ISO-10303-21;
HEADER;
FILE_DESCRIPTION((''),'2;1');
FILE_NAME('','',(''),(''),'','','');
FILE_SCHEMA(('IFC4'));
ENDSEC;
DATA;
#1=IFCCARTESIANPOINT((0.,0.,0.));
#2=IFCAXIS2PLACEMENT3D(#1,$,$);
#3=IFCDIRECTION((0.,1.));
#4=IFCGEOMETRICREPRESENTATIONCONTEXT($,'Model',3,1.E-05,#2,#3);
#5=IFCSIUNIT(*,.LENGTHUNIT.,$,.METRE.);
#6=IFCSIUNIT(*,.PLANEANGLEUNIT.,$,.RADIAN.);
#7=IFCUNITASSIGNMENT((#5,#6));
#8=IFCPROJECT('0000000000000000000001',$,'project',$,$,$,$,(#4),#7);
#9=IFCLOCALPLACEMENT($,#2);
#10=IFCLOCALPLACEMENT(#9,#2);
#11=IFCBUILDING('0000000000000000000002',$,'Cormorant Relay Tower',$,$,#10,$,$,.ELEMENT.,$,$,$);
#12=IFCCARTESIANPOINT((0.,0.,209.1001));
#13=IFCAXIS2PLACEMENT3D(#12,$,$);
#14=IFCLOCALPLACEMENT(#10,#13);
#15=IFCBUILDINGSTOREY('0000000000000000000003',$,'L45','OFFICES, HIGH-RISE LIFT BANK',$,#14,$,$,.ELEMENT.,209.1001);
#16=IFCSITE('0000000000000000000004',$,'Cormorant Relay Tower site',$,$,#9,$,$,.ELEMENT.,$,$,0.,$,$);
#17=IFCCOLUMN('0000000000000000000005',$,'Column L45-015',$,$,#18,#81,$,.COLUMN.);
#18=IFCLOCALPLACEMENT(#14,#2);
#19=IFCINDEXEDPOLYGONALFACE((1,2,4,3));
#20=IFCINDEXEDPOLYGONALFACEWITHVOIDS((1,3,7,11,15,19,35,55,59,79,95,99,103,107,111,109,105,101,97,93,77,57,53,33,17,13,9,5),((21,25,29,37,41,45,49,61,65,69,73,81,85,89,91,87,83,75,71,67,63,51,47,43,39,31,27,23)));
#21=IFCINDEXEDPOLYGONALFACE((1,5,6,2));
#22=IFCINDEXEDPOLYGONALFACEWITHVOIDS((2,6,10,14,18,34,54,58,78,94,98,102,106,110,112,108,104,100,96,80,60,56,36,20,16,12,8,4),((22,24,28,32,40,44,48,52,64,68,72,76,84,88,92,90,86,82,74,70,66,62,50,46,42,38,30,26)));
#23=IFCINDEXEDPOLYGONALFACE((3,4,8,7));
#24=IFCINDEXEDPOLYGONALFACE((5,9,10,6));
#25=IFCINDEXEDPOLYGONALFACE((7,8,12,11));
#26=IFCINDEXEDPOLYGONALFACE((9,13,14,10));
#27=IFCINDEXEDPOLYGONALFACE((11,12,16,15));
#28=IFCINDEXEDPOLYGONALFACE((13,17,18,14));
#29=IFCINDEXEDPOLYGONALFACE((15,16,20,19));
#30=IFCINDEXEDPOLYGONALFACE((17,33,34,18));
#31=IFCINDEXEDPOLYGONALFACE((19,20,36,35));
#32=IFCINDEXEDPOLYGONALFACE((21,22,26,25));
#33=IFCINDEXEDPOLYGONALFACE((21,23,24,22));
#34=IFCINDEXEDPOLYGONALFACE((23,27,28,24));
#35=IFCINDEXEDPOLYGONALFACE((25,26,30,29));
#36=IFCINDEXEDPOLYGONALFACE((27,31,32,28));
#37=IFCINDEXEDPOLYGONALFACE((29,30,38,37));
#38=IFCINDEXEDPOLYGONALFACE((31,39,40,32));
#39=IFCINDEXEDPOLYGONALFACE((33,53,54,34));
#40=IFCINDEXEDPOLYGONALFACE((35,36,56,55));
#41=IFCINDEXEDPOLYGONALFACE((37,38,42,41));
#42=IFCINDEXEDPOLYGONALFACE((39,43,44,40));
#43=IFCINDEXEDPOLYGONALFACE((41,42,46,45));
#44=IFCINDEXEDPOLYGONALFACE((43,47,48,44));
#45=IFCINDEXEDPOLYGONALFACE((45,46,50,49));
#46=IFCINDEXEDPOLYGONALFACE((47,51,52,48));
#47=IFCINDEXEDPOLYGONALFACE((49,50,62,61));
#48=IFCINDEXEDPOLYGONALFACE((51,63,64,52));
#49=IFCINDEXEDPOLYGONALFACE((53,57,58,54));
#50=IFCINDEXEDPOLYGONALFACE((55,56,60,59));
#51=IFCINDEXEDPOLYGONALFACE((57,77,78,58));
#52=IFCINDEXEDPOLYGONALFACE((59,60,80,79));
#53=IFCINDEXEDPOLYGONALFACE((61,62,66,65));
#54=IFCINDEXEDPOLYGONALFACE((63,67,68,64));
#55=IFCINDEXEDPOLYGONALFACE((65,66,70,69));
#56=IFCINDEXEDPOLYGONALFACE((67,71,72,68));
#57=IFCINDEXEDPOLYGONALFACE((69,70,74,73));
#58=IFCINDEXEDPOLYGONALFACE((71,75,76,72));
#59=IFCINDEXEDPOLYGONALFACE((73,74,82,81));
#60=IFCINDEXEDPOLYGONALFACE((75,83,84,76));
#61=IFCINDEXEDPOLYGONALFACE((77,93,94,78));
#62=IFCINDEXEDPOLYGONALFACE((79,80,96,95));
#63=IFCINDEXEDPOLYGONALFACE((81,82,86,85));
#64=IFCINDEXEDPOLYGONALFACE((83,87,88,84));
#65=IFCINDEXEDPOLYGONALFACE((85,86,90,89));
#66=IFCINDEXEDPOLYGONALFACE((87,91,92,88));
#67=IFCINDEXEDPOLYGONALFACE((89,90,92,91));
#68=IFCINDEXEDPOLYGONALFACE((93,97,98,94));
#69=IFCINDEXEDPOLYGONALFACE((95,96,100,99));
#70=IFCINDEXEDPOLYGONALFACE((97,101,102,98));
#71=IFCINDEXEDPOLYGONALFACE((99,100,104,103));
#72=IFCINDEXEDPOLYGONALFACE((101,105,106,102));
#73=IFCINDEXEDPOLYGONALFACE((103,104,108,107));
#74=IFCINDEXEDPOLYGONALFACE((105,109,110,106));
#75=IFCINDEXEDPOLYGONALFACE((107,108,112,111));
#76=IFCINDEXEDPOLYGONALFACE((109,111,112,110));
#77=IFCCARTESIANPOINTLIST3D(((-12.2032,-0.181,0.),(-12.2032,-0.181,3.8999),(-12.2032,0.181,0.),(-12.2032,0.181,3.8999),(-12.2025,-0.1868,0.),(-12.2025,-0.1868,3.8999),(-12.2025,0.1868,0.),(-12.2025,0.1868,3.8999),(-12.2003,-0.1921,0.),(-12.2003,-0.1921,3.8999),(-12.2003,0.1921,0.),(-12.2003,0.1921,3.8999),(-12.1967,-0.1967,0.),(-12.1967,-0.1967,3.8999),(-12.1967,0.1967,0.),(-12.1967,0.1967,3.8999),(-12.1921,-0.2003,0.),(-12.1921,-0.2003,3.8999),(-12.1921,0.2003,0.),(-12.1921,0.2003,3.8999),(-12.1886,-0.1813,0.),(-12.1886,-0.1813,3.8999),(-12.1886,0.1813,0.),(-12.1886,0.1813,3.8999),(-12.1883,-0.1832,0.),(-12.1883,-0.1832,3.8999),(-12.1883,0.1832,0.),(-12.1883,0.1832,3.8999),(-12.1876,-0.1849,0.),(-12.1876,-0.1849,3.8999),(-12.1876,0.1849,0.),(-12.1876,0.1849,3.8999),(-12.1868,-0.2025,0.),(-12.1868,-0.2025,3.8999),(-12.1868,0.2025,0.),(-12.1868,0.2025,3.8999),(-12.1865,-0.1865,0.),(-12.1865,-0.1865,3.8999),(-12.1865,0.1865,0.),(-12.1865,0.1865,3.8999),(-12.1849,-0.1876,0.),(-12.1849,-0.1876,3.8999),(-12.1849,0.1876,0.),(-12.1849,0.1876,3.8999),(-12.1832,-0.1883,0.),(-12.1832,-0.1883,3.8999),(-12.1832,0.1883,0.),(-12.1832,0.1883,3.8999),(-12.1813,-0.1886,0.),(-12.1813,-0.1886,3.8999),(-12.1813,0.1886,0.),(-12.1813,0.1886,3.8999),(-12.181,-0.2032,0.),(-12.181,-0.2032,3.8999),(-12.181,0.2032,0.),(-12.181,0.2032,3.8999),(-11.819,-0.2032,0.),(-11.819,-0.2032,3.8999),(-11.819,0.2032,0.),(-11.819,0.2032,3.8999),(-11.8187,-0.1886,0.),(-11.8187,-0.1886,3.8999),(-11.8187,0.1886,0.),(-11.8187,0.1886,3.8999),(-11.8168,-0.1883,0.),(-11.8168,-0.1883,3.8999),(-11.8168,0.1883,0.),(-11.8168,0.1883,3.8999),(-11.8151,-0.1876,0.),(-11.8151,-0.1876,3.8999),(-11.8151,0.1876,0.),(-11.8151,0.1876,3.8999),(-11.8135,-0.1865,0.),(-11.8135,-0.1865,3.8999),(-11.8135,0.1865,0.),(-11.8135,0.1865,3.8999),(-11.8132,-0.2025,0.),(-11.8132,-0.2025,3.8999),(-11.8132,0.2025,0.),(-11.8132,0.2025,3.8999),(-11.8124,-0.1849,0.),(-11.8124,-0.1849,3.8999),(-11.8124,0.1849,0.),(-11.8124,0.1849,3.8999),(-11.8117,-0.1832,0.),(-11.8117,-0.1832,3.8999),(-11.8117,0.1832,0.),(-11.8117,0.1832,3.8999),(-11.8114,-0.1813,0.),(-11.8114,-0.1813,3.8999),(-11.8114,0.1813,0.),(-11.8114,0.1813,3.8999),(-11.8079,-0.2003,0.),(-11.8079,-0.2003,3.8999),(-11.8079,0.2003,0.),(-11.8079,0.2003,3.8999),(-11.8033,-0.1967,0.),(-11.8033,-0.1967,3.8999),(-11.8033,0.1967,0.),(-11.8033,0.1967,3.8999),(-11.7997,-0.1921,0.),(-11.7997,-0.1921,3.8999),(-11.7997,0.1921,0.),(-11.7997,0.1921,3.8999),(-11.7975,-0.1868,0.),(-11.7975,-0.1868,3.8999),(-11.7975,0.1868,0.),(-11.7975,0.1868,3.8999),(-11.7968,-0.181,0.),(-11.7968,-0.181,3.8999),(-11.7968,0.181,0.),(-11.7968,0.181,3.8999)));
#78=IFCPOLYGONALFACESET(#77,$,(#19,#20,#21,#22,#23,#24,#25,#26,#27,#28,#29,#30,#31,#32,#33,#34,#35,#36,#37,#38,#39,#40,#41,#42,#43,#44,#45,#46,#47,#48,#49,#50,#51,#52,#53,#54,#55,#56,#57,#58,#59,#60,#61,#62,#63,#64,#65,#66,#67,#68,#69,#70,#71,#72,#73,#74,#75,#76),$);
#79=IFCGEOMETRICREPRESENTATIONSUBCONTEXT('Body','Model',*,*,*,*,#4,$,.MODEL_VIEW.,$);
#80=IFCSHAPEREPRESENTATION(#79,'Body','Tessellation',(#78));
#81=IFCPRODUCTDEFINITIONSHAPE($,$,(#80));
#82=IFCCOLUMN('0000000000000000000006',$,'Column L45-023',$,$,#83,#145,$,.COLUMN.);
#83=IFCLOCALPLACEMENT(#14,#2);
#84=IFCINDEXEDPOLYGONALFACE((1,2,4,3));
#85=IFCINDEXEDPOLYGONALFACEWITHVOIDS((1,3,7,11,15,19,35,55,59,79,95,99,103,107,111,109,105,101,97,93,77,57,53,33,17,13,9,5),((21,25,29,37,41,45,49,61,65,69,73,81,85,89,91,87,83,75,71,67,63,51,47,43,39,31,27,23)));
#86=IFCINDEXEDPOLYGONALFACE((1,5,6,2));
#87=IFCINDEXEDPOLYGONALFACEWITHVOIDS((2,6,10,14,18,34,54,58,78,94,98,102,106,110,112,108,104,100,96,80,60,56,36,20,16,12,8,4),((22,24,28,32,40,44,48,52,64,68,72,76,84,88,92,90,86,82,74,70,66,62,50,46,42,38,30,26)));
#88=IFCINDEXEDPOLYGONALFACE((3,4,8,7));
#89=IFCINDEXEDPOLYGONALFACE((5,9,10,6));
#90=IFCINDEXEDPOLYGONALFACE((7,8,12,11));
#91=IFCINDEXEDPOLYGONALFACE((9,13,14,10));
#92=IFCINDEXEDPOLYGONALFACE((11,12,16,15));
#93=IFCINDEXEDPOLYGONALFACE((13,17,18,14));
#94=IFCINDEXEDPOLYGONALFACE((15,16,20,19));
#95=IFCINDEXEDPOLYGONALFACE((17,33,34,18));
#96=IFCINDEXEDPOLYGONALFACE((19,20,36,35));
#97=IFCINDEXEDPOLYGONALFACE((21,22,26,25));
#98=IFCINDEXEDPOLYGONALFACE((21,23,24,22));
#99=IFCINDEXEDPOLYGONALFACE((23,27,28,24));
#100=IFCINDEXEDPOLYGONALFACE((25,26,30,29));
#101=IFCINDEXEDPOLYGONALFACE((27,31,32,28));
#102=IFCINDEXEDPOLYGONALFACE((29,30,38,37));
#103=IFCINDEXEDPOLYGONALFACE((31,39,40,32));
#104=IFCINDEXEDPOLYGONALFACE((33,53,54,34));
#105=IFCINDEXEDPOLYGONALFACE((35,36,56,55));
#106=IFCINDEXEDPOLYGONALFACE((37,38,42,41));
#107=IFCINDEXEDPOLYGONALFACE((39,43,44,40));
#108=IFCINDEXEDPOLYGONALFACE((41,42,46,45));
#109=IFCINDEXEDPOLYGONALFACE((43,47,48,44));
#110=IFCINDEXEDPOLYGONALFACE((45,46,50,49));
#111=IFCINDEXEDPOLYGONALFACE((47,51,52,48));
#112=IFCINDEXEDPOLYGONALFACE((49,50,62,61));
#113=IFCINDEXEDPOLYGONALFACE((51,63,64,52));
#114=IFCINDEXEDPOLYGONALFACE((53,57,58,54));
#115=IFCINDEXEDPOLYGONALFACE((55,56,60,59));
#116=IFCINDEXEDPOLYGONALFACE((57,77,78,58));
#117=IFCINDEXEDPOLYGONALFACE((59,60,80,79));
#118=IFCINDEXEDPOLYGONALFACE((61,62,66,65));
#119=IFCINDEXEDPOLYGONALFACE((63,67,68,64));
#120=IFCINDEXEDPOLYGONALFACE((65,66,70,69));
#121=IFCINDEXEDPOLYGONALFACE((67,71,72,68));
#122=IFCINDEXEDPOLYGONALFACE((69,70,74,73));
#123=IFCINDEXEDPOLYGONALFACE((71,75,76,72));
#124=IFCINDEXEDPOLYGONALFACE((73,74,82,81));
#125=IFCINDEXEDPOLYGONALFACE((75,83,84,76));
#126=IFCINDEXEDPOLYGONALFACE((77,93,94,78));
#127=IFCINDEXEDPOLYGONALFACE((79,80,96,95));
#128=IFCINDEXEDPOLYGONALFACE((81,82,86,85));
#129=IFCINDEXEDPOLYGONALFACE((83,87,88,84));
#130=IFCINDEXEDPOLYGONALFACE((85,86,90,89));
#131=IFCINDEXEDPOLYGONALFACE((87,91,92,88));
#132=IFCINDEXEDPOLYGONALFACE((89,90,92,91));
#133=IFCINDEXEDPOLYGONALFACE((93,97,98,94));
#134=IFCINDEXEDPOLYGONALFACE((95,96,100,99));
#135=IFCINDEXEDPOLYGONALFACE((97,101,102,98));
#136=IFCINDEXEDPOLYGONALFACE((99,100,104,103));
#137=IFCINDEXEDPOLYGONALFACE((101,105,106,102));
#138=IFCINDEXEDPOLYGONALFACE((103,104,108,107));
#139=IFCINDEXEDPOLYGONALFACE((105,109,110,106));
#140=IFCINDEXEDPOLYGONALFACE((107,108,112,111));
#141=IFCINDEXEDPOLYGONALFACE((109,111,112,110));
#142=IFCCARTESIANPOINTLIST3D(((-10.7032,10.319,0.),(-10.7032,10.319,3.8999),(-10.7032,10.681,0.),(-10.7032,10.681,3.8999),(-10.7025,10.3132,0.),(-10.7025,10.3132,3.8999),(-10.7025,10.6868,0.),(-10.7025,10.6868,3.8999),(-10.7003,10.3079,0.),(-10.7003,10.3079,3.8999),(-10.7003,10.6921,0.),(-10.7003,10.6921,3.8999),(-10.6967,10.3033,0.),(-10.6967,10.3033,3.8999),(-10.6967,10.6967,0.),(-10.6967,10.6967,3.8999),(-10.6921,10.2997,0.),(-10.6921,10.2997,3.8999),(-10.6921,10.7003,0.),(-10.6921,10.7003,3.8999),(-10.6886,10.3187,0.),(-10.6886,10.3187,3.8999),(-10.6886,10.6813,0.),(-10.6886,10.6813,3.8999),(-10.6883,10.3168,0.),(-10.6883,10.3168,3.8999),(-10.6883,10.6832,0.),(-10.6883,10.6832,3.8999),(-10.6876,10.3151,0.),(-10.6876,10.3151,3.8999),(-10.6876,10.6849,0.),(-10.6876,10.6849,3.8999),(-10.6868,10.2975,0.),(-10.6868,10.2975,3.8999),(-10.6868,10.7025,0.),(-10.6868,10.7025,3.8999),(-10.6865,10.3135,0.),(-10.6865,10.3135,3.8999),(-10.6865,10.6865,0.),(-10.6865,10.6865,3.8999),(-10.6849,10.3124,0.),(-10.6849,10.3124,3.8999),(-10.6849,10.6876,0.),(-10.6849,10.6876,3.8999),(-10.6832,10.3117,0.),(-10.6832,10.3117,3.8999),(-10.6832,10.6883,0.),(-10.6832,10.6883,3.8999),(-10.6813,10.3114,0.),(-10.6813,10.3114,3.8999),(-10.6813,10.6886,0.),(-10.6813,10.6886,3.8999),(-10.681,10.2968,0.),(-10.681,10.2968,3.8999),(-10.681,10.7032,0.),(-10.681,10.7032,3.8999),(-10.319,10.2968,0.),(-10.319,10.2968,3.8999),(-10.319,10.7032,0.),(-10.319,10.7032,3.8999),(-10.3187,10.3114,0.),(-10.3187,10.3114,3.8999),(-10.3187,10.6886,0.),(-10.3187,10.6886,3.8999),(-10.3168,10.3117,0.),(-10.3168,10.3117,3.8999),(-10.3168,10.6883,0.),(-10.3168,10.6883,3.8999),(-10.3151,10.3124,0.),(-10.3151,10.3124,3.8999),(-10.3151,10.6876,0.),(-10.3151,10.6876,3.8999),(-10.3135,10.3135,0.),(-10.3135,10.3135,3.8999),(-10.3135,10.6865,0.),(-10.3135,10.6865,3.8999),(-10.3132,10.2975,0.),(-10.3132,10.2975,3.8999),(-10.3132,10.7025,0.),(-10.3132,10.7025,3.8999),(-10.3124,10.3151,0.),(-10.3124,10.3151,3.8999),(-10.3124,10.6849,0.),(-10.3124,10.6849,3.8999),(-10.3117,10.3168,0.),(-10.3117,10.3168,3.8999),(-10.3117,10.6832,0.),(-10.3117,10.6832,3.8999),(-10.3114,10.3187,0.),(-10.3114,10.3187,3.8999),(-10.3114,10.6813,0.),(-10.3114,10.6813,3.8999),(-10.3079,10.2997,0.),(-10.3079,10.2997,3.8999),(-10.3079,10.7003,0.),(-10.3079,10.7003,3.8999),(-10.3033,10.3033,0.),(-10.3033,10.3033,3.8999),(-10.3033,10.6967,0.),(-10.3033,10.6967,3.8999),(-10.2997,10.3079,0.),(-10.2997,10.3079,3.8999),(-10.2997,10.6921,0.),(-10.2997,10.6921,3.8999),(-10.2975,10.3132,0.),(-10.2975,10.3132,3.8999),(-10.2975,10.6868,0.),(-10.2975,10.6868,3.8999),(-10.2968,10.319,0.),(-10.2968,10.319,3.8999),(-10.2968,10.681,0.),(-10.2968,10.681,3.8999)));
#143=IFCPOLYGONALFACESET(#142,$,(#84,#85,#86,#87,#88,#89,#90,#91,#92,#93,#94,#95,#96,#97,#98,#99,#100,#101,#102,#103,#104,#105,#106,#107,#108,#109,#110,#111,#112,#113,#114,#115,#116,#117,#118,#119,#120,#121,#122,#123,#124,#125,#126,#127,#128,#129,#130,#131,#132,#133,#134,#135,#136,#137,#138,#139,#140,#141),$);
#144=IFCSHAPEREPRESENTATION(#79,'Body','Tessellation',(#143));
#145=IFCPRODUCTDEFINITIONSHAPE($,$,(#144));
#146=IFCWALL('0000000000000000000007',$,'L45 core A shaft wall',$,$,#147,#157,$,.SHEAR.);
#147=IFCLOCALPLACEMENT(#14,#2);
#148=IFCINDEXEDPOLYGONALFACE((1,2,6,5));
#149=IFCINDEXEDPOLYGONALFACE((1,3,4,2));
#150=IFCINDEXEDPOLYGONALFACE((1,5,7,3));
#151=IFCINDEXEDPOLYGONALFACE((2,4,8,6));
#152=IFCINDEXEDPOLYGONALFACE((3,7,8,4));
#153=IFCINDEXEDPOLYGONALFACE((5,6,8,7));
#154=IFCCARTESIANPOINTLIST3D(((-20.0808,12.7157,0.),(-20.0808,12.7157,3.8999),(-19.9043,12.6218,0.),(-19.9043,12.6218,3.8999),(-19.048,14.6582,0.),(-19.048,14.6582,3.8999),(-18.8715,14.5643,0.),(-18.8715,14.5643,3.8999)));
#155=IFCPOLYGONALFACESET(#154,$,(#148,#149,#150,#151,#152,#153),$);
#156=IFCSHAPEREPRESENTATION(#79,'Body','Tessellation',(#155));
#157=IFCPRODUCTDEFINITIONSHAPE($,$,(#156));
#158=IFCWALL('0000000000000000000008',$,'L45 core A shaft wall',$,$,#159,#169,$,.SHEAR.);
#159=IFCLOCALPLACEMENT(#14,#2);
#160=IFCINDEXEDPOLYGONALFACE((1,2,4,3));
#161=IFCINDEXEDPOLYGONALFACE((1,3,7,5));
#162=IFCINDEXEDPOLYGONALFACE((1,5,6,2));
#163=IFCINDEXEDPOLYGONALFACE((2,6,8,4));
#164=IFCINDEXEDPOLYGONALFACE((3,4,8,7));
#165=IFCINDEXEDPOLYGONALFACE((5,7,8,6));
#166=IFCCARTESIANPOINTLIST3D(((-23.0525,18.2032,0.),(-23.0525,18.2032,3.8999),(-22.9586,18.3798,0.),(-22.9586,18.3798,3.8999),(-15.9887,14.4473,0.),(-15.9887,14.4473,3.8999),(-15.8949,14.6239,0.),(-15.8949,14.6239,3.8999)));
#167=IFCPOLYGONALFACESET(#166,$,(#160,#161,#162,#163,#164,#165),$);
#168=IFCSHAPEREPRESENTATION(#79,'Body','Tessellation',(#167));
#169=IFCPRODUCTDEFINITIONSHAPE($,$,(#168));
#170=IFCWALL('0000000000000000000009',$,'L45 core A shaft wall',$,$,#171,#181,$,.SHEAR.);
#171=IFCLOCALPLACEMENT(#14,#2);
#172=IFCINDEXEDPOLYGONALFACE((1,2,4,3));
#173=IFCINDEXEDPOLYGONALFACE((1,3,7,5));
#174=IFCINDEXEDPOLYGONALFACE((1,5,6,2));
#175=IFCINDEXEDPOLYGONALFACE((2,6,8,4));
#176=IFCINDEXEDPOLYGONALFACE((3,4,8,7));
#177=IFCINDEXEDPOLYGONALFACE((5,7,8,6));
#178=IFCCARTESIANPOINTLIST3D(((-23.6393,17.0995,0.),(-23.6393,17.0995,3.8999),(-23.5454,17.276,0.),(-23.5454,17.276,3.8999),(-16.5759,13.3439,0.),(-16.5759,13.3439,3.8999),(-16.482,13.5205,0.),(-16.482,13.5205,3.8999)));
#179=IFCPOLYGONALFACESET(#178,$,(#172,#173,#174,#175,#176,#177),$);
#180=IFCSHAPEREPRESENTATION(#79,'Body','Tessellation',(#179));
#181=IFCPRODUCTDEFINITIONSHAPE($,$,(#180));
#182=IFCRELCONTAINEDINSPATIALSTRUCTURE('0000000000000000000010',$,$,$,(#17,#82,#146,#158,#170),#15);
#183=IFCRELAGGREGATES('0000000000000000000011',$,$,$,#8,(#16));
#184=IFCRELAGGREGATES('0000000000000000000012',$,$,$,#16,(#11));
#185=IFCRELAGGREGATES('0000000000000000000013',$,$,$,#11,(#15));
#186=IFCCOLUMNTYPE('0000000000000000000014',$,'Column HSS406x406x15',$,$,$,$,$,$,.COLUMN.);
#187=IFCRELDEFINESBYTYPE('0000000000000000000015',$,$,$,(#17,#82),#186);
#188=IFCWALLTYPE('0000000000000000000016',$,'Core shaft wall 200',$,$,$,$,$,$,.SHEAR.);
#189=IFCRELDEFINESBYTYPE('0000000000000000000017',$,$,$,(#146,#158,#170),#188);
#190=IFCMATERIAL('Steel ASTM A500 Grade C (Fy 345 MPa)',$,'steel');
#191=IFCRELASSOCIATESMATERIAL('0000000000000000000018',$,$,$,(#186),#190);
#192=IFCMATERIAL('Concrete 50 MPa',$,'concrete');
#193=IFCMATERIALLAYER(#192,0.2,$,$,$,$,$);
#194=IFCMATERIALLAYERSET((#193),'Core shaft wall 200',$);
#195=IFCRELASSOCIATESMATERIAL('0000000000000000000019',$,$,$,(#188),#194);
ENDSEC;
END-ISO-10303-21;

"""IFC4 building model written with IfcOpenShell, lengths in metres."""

from ifc_helpers import new_model, si_unit, direction, frame, frame_2d, origin, origin_2d, place, context, subcontext, project, spatial, rectangle, hollow_rectangle, extrude, material, layer, layer_set, material_profile, profile_set, type_object, element, save


model = new_model("IFC4")

# Units and contexts
model_context = context("Model", 3, precision=1e-05, world=origin(), true_north=direction((0.0, 1.0)))
body_context = subcontext(model_context, "Body", "Model", "MODEL_VIEW")
ifc_project = project(units=[si_unit("LENGTHUNIT", "METRE"), si_unit("PLANEANGLEUNIT", "RADIAN")], contexts=[model_context])

# Site, building, storey
site_placement = place(None, origin())
site = spatial("IfcSite", under=ifc_project, at=site_placement, Name="Cormorant Relay Tower site", CompositionType="ELEMENT", RefElevation=0.0)
building_placement = place(site_placement, origin())
building = spatial("IfcBuilding", under=site, at=building_placement, Name="Cormorant Relay Tower", CompositionType="ELEMENT")
storey_placement = place(building_placement, frame((0.0, 0.0, 209.1001)))
storey = spatial("IfcBuildingStorey", under=building, at=storey_placement, Name="L45", Description="OFFICES, HIGH-RISE LIFT BANK", CompositionType="ELEMENT", Elevation=209.1001)

# Columns
ifc_material_1 = material(Name="Steel ASTM A500 Grade C (Fy 345 MPa)", Category="steel")
ifc_material_profile = material_profile(ifc_material_1, hollow_rectangle(XDim=0.4065, YDim=0.4065, WallThickness=0.0146, InnerFilletRadius=0.0073, OuterFilletRadius=0.0222, at=origin_2d()), Name="HSS406x406x15")
ifc_profile_set = profile_set([ifc_material_profile], Name="Steel ASTM A500 Grade C (Fy 345 MPa)")
column_type = type_object("IfcColumnType", Name="Column HSS406x406x15", PredefinedType="COLUMN", material=ifc_profile_set)
for number, where, z_axis, x_axis, name in (
    (1, (-12.0, 0.0, 0.0), (0.0, 0.0, 1.0), (1.0, 0.0, 0.0), "Column L45-015"),
    (2, (-10.5, 10.5, 0.0), (0.0, 0.0, 1.0), (1.0, 0.0, 0.0), "Column L45-023"),
):
    element("IfcColumn", number, at=place(storey_placement, frame(where, z_axis=z_axis, x_axis=x_axis)), inside=storey, type_object=column_type, Name=name, PredefinedType="COLUMN", context=body_context, shape_type="SweptSolid", body=[
        extrude(hollow_rectangle(XDim=0.4065, YDim=0.4065, WallThickness=0.0146, InnerFilletRadius=0.0073, OuterFilletRadius=0.0222, at=origin_2d()), origin(), (0.0, 0.0, 1.0), 3.8999),
    ])

# Walls
ifc_material_2 = material(Name="Concrete 50 MPa", Category="concrete")
ifc_layer_1 = layer(ifc_material_2, 0.2)
ifc_layer_set_1 = layer_set([ifc_layer_1], Name="Core shaft wall 200")
wall_type_1 = type_object("IfcWallType", Name="Core shaft wall 200", PredefinedType="SHEAR", material=ifc_layer_set_1)
wall_1_placement = place(storey_placement, frame((-18.9597, 14.6113, 0.0), z_axis=(0.0, 0.0, 1.0), x_axis=(-0.469447, -0.88296, 0.0)))
element("IfcWall", 3, at=wall_1_placement, inside=storey, type_object=wall_type_1, Name="L45 core A shaft wall", PredefinedType="SHEAR", context=body_context, shape_type="SweptSolid", body=[
    extrude(rectangle(XDim=2.2, YDim=0.2, at=frame_2d((1.1001, 0.0))), origin(), (0.0, 0.0, 1.0), 3.8999),
])
wall_2_placement = place(storey_placement, frame((-15.9419, 14.5356, 0.0), z_axis=(0.0, 0.0, 1.0), x_axis=(-0.882947, 0.469473, 0.0)))
element("IfcWall", 4, at=wall_2_placement, inside=storey, type_object=wall_type_1, Name="L45 core A shaft wall", PredefinedType="SHEAR", context=body_context, shape_type="SweptSolid", body=[
    extrude(rectangle(XDim=8.0002, YDim=0.2, at=frame_2d((4.0, 0.0))), origin(), (0.0, 0.0, 1.0), 3.8999),
])
wall_3_placement = place(storey_placement, frame((-16.5288, 13.4321, 0.0), z_axis=(0.0, 0.0, 1.0), x_axis=(-0.882953, 0.469462, 0.0)))
element("IfcWall", 5, at=wall_3_placement, inside=storey, type_object=wall_type_1, Name="L45 core A shaft wall", PredefinedType="SHEAR", context=body_context, shape_type="SweptSolid", body=[
    extrude(rectangle(XDim=7.9998, YDim=0.2, at=frame_2d((4.0, 0.0))), origin(), (0.0, 0.0, 1.0), 3.8999),
])

save(model, "model.ifc")
